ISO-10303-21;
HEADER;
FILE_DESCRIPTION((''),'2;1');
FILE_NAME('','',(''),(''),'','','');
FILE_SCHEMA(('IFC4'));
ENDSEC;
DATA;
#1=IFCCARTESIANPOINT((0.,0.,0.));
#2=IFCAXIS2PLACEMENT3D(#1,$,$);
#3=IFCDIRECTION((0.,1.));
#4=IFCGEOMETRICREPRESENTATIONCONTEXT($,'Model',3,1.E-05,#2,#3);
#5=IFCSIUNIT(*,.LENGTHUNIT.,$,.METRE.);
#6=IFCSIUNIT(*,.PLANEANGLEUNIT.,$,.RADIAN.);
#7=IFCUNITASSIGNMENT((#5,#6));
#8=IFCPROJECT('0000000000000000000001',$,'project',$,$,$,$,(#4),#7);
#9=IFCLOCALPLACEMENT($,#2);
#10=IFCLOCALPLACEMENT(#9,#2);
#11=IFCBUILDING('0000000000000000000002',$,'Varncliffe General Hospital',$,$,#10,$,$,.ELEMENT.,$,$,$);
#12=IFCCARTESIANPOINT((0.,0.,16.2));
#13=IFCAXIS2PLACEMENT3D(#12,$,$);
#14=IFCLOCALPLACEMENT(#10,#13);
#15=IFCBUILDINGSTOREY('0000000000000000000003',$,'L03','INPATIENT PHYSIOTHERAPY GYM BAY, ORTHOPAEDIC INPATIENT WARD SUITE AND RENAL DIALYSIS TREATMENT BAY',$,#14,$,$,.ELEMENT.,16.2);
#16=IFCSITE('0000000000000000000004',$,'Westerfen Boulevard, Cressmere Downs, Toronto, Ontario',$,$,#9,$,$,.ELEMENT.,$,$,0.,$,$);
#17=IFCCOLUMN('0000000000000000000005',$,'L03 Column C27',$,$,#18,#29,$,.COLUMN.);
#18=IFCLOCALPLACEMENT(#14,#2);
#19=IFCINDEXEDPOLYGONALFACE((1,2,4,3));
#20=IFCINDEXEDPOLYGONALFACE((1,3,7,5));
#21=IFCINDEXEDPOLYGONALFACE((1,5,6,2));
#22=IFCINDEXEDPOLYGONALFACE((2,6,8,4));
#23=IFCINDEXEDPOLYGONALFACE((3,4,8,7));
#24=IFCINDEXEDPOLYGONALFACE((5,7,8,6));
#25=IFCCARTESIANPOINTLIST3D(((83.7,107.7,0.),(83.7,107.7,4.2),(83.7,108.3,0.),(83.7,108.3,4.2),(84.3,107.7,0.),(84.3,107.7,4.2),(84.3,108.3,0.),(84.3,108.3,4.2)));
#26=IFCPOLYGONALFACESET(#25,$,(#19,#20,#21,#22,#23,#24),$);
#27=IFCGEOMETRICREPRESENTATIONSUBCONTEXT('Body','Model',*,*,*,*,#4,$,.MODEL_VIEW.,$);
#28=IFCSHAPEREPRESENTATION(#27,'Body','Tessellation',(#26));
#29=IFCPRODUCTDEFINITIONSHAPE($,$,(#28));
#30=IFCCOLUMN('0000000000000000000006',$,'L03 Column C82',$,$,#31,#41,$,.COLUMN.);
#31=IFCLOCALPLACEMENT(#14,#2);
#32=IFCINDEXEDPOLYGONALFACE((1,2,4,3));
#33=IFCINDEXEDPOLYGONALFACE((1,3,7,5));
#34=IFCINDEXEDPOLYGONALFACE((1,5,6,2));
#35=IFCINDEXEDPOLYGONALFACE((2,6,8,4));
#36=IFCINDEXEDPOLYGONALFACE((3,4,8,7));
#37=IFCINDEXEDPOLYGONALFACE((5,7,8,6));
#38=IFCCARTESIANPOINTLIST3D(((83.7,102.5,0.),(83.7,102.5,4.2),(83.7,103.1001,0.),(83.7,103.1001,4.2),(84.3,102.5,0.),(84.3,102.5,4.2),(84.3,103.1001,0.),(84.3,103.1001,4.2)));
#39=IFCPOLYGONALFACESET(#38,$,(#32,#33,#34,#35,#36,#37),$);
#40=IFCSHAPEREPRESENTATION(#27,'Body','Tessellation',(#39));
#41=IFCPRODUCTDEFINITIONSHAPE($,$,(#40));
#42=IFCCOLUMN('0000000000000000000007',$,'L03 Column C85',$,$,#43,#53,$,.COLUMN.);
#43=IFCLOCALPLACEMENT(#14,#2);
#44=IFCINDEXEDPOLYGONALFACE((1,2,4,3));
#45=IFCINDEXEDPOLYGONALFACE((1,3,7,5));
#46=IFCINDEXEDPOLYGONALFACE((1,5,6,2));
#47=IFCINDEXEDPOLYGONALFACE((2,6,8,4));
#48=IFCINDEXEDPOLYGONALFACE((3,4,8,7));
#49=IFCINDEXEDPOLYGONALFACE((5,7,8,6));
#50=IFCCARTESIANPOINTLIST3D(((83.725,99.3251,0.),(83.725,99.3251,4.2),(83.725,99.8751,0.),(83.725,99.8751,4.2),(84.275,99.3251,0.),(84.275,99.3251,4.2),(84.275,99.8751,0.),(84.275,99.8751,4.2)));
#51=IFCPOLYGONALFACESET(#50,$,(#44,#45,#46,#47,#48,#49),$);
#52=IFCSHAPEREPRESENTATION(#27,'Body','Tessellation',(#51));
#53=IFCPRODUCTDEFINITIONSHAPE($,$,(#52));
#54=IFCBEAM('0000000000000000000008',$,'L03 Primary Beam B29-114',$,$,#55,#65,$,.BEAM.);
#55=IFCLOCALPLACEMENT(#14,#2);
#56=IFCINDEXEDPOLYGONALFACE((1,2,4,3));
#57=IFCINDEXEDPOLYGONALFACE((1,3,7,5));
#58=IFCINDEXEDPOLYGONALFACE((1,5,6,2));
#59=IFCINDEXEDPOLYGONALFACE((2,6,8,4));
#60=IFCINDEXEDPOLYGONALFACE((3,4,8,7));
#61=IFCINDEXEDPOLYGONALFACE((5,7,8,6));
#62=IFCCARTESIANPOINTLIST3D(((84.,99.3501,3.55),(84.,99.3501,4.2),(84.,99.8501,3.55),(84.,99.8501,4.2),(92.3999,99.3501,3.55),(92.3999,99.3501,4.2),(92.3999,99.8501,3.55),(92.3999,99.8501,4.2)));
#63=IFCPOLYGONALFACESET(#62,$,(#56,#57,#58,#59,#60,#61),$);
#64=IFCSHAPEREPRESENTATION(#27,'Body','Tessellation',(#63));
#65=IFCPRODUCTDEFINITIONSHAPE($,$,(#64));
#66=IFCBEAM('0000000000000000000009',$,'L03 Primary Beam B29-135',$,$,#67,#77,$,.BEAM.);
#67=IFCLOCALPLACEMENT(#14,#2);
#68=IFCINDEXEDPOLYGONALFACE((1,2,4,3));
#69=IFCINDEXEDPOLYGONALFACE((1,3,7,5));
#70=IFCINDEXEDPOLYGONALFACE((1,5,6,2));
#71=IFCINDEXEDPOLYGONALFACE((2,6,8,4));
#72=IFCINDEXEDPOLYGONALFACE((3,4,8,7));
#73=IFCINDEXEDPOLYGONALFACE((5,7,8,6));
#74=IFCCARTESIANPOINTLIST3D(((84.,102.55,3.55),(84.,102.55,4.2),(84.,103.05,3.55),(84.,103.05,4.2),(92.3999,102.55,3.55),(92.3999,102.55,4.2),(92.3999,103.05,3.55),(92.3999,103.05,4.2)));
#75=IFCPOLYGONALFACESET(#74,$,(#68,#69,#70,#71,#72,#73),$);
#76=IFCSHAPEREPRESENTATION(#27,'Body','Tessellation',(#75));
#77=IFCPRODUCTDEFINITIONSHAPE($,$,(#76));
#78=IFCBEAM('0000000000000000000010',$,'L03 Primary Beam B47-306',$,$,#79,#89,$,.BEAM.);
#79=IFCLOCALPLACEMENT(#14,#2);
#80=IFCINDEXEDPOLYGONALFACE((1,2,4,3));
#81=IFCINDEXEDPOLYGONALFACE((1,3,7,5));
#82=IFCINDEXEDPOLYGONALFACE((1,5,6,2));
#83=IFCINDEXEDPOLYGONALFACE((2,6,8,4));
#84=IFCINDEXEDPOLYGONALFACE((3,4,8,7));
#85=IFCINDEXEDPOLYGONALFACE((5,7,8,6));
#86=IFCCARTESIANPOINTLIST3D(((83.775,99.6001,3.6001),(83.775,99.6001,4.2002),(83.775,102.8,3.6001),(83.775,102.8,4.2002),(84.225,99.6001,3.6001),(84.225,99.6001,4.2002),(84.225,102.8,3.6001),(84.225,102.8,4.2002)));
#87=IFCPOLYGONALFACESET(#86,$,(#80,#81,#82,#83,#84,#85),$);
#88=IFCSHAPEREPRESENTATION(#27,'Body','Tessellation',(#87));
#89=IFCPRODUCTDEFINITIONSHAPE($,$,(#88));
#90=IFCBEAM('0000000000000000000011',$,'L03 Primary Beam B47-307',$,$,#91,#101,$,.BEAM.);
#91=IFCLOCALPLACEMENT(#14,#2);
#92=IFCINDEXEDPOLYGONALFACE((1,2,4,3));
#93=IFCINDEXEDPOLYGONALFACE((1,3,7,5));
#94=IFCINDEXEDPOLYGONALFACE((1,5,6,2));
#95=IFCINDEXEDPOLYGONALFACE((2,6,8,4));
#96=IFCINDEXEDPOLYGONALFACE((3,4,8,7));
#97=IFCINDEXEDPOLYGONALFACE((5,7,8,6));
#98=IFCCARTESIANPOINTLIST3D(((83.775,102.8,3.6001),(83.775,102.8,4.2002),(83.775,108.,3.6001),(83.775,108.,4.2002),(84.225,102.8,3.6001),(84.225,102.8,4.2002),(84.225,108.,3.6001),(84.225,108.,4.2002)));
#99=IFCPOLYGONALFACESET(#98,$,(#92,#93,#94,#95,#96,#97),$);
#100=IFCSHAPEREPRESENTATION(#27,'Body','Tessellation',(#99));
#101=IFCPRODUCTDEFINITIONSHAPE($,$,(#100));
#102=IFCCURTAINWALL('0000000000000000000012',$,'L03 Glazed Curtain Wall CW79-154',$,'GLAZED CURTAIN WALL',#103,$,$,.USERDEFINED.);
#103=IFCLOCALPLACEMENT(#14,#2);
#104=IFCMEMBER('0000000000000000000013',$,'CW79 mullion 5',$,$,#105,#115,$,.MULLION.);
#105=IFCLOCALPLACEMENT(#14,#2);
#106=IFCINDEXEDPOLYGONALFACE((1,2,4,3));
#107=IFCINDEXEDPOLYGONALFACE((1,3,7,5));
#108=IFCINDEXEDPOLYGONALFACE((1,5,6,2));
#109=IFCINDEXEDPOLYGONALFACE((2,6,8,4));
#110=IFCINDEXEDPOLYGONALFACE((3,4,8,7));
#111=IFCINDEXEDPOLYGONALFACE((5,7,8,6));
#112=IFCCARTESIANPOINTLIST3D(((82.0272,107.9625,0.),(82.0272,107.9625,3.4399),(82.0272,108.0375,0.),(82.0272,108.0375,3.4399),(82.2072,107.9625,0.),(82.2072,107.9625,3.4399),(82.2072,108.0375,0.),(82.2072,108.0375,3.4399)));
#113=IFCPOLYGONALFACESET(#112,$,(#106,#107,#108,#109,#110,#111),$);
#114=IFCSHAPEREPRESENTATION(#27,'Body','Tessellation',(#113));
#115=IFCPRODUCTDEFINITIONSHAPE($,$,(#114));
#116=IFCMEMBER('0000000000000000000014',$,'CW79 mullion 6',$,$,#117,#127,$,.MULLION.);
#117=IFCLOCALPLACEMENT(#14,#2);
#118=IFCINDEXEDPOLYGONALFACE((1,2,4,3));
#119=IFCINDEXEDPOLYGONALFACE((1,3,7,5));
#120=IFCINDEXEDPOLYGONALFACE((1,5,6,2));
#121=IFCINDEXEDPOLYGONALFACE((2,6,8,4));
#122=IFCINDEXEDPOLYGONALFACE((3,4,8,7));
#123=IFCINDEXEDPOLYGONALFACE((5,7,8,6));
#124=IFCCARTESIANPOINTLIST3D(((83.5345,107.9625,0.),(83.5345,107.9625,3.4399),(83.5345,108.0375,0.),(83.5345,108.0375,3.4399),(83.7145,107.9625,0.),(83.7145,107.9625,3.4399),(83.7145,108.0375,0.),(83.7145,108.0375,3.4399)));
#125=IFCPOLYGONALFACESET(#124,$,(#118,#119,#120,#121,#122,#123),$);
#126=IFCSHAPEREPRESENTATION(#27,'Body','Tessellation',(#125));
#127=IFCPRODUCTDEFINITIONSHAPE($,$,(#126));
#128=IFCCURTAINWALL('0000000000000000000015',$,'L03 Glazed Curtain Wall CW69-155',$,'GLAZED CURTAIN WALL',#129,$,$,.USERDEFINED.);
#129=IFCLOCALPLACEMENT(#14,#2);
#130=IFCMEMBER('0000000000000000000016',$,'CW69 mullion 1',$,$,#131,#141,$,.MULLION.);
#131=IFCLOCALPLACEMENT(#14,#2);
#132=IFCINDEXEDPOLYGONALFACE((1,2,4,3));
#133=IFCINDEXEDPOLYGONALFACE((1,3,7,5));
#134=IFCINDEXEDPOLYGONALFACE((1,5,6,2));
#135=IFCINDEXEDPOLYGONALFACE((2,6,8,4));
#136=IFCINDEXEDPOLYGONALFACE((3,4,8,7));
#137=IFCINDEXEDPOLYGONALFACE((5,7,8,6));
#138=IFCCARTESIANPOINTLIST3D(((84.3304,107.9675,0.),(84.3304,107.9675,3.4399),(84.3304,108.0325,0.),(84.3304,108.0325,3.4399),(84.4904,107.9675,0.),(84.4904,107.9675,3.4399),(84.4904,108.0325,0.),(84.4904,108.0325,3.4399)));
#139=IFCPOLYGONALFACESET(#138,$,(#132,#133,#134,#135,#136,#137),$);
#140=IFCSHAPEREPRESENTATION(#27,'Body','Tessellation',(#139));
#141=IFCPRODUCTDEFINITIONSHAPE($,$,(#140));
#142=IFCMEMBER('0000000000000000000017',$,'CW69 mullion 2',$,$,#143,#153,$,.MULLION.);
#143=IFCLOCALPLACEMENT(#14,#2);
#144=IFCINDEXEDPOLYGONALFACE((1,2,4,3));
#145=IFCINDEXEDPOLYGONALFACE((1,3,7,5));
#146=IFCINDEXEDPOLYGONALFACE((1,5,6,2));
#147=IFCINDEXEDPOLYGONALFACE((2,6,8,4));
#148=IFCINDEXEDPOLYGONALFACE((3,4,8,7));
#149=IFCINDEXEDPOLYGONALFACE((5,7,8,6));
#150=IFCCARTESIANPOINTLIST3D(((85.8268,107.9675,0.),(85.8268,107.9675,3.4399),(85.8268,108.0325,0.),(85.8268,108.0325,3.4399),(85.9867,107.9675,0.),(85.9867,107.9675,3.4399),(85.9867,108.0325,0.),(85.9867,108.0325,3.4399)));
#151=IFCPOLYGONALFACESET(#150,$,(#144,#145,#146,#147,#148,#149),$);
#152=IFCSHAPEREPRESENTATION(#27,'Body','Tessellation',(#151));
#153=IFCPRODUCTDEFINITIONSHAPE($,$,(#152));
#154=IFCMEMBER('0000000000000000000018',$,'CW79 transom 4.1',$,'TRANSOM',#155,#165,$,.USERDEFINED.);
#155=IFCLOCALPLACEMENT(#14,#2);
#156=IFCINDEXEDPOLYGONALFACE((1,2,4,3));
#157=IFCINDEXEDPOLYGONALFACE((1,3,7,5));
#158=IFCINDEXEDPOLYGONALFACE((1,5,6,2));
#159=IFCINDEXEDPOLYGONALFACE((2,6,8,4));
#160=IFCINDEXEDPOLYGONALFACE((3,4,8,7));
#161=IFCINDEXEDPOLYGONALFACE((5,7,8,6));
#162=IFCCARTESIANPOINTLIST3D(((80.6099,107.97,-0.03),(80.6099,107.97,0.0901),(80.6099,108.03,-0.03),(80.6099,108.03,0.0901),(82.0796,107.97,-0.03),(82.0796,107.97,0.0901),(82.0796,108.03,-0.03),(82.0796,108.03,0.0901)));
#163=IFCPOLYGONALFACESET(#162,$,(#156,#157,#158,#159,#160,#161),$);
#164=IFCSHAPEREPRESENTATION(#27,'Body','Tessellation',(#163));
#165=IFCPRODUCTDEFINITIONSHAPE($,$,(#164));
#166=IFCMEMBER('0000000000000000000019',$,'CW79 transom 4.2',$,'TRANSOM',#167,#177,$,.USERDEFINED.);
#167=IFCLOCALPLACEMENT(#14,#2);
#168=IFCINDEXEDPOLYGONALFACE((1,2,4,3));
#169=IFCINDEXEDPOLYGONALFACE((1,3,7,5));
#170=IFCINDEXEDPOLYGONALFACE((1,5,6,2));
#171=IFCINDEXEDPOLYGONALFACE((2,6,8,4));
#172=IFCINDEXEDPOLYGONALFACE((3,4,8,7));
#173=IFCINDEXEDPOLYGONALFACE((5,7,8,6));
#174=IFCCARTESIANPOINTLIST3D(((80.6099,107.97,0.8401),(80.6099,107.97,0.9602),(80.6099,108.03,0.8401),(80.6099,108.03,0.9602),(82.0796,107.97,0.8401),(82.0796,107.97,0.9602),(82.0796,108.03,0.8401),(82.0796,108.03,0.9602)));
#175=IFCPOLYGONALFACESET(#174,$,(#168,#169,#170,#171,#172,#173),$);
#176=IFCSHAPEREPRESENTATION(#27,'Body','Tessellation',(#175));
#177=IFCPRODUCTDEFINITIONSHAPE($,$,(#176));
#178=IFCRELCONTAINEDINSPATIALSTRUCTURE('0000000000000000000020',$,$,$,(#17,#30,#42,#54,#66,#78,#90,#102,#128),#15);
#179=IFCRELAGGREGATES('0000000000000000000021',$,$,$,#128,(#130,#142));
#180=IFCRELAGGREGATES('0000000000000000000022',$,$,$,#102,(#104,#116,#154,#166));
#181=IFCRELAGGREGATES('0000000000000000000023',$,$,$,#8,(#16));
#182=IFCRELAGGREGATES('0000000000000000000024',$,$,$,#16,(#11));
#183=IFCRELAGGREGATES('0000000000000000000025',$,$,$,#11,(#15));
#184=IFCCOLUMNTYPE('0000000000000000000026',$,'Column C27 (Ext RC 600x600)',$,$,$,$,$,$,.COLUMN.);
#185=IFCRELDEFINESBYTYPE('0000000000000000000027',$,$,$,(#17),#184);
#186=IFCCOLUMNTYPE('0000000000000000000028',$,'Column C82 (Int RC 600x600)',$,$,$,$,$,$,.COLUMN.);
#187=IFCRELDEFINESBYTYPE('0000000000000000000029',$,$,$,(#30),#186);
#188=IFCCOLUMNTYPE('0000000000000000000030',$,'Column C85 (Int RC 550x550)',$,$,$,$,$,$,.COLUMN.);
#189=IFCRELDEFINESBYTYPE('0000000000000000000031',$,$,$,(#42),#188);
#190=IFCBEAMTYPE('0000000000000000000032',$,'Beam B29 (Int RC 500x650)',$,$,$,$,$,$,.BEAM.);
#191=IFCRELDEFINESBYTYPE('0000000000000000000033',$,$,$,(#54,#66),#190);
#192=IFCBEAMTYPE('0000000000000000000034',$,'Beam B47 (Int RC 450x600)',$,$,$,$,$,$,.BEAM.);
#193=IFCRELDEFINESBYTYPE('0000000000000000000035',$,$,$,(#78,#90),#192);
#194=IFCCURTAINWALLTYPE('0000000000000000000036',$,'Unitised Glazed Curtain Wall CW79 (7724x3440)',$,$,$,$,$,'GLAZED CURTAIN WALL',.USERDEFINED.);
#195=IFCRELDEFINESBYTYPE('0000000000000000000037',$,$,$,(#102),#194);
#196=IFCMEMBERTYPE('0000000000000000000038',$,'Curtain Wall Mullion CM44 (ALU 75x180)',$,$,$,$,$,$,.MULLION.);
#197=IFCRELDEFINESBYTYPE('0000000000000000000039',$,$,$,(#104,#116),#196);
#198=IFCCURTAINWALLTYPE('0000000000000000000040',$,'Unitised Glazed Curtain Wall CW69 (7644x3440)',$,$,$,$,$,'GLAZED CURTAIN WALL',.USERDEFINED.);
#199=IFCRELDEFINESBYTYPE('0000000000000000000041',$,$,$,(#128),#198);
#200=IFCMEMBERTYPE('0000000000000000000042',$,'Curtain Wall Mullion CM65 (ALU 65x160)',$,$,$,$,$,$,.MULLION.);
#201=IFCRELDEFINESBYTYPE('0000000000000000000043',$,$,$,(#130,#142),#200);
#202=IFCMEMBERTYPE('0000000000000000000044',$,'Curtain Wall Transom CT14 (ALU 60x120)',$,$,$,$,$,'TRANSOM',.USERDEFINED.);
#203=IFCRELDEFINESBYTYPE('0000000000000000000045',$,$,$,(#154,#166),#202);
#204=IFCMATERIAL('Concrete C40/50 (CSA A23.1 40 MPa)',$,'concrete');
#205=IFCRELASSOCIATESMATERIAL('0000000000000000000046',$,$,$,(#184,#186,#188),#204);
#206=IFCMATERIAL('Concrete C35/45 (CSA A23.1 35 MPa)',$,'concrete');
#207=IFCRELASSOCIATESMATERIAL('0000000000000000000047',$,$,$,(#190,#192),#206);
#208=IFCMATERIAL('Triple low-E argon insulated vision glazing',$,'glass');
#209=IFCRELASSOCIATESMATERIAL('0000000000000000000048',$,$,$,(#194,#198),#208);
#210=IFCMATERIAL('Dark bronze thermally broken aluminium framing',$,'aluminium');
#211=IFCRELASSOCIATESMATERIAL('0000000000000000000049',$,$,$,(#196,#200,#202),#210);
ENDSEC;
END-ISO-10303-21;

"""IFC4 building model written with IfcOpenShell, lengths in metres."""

from ifc_helpers import new_model, si_unit, direction, frame, origin, origin_2d, place, context, subcontext, project, spatial, rectangle, extrude, material, material_profile, profile_set, type_object, element, aggregate, save


model = new_model("IFC4")

# Units and contexts
model_context = context("Model", 3, precision=1e-05, world=origin(), true_north=direction((0.0, 1.0)))
body_context = subcontext(model_context, "Body", "Model", "MODEL_VIEW")
ifc_project = project(units=[si_unit("LENGTHUNIT", "METRE"), si_unit("PLANEANGLEUNIT", "RADIAN")], contexts=[model_context])

# Site, building, storey
site_placement = place(None, origin())
site = spatial("IfcSite", under=ifc_project, at=site_placement, Name="Westerfen Boulevard, Cressmere Downs, Toronto, Ontario", CompositionType="ELEMENT", RefElevation=0.0)
building_placement = place(site_placement, origin())
building = spatial("IfcBuilding", under=site, at=building_placement, Name="Varncliffe General Hospital", CompositionType="ELEMENT")
storey_placement = place(building_placement, frame((0.0, 0.0, 16.2)))
storey = spatial("IfcBuildingStorey", under=building, at=storey_placement, Name="L03", Description="INPATIENT PHYSIOTHERAPY GYM BAY, ORTHOPAEDIC INPATIENT WARD SUITE AND RENAL DIALYSIS TREATMENT BAY", CompositionType="ELEMENT", Elevation=16.2)

# Columns
ifc_material_1 = material(Name="Concrete C40/50 (CSA A23.1 40 MPa)", Category="concrete")
ifc_material_profile_1 = material_profile(ifc_material_1, rectangle(XDim=0.6001, YDim=0.6001, at=origin_2d()), Name="RC 600x600")
ifc_profile_set_1 = profile_set([ifc_material_profile_1], Name="Concrete C40/50 (CSA A23.1 40 MPa)")
column_type_1 = type_object("IfcColumnType", Name="Column C27 (Ext RC 600x600)", PredefinedType="COLUMN", material=ifc_profile_set_1)
column_1_placement = place(storey_placement, frame((84.0, 108.0, 0.0), z_axis=(0.0, 0.0, 1.0), x_axis=(1.0, 0.0, 0.0)))
element("IfcColumn", 1, at=column_1_placement, inside=storey, type_object=column_type_1, Name="L03 Column C27", PredefinedType="COLUMN", context=body_context, shape_type="SweptSolid", body=[
    extrude(rectangle(XDim=0.6001, YDim=0.6001, at=origin_2d()), origin(), (0.0, 0.0, 1.0), 4.2),
])
ifc_material_profile_2 = material_profile(ifc_material_1, rectangle(XDim=0.6001, YDim=0.6001, at=origin_2d()), Name="RC 600x600")
ifc_profile_set_2 = profile_set([ifc_material_profile_2], Name="Concrete C40/50 (CSA A23.1 40 MPa)")
column_type_2 = type_object("IfcColumnType", Name="Column C82 (Int RC 600x600)", PredefinedType="COLUMN", material=ifc_profile_set_2)
column_2_placement = place(storey_placement, frame((84.0, 102.8, 0.0), z_axis=(0.0, 0.0, 1.0), x_axis=(1.0, 0.0, 0.0)))
element("IfcColumn", 2, at=column_2_placement, inside=storey, type_object=column_type_2, Name="L03 Column C82", PredefinedType="COLUMN", context=body_context, shape_type="SweptSolid", body=[
    extrude(rectangle(XDim=0.6001, YDim=0.6001, at=origin_2d()), origin(), (0.0, 0.0, 1.0), 4.2),
])
ifc_material_profile_3 = material_profile(ifc_material_1, rectangle(XDim=0.55, YDim=0.55, at=origin_2d()), Name="RC 550x550")
ifc_profile_set_3 = profile_set([ifc_material_profile_3], Name="Concrete C40/50 (CSA A23.1 40 MPa)")
column_type_3 = type_object("IfcColumnType", Name="Column C85 (Int RC 550x550)", PredefinedType="COLUMN", material=ifc_profile_set_3)
column_3_placement = place(storey_placement, frame((84.0, 99.6001, 0.0), z_axis=(0.0, 0.0, 1.0), x_axis=(1.0, 0.0, 0.0)))
element("IfcColumn", 3, at=column_3_placement, inside=storey, type_object=column_type_3, Name="L03 Column C85", PredefinedType="COLUMN", context=body_context, shape_type="SweptSolid", body=[
    extrude(rectangle(XDim=0.55, YDim=0.55, at=origin_2d()), origin(), (0.0, 0.0, 1.0), 4.2),
])

# Beams
ifc_material_2 = material(Name="Concrete C35/45 (CSA A23.1 35 MPa)", Category="concrete")
ifc_material_profile_4 = material_profile(ifc_material_2, rectangle(XDim=0.5, YDim=0.6499, at=origin_2d()), Name="RC 500x650")
ifc_profile_set_4 = profile_set([ifc_material_profile_4], Name="Concrete C35/45 (CSA A23.1 35 MPa)")
beam_type_1 = type_object("IfcBeamType", Name="Beam B29 (Int RC 500x650)", PredefinedType="BEAM", material=ifc_profile_set_4)
for number, where, z_axis, x_axis, name in (
    (4, (84.0, 99.6001, 3.875), (1.0, 0.0, 0.0), (0.0, 1.0, 0.0), "L03 Primary Beam B29-114"),
    (5, (84.0, 102.8, 3.875), (1.0, 0.0, 0.0), (0.0, 1.0, 0.0), "L03 Primary Beam B29-135"),
):
    element("IfcBeam", number, at=place(storey_placement, frame(where, z_axis=z_axis, x_axis=x_axis)), inside=storey, type_object=beam_type_1, Name=name, PredefinedType="BEAM", context=body_context, shape_type="SweptSolid", body=[
        extrude(rectangle(XDim=0.5, YDim=0.6499, at=origin_2d()), origin(), (0.0, 0.0, 1.0), 8.3999),
    ])
ifc_material_profile_5 = material_profile(ifc_material_2, rectangle(XDim=0.45, YDim=0.6001, at=origin_2d()), Name="RC 450x600")
ifc_profile_set_5 = profile_set([ifc_material_profile_5], Name="Concrete C35/45 (CSA A23.1 35 MPa)")
beam_type_2 = type_object("IfcBeamType", Name="Beam B47 (Int RC 450x600)", PredefinedType="BEAM", material=ifc_profile_set_5)
beam_1_placement = place(storey_placement, frame((84.0, 99.6001, 3.9001), z_axis=(0.0, 1.0, 0.0), x_axis=(-1.0, 0.0, 0.0)))
element("IfcBeam", 6, at=beam_1_placement, inside=storey, type_object=beam_type_2, Name="L03 Primary Beam B47-306", PredefinedType="BEAM", context=body_context, shape_type="SweptSolid", body=[
    extrude(rectangle(XDim=0.45, YDim=0.6001, at=origin_2d()), origin(), (0.0, 0.0, 1.0), 3.2),
])
beam_2_placement = place(storey_placement, frame((84.0, 102.8, 3.9001), z_axis=(0.0, 1.0, 0.0), x_axis=(-1.0, 0.0, 0.0)))
element("IfcBeam", 7, at=beam_2_placement, inside=storey, type_object=beam_type_2, Name="L03 Primary Beam B47-307", PredefinedType="BEAM", context=body_context, shape_type="SweptSolid", body=[
    extrude(rectangle(XDim=0.45, YDim=0.6001, at=origin_2d()), origin(), (0.0, 0.0, 1.0), 5.2),
])

# Curtain walls, members
ifc_material_3 = material(Name="Triple low-E argon insulated vision glazing", Category="glass")
curtain_wall_type_1 = type_object("IfcCurtainWallType", Name="Unitised Glazed Curtain Wall CW79 (7724x3440)", ElementType="GLAZED CURTAIN WALL", PredefinedType="USERDEFINED", material=ifc_material_3)
curtain_wall_1_placement = place(storey_placement, origin())
curtain_wall_1 = element("IfcCurtainWall", 8, at=curtain_wall_1_placement, inside=storey, type_object=curtain_wall_type_1, Name="L03 Glazed Curtain Wall CW79-154", ObjectType="GLAZED CURTAIN WALL", PredefinedType="USERDEFINED")
ifc_material_4 = material(Name="Dark bronze thermally broken aluminium framing", Category="aluminium")
ifc_material_profile_6 = material_profile(ifc_material_4, rectangle(XDim=0.075, YDim=0.1799, at=origin_2d()), Name="ALU 75x180")
ifc_profile_set_6 = profile_set([ifc_material_profile_6], Name="Dark bronze thermally broken aluminium framing")
member_type_1 = type_object("IfcMemberType", Name="Curtain Wall Mullion CM44 (ALU 75x180)", PredefinedType="MULLION", material=ifc_profile_set_6)
member_1_placement = place(storey_placement, frame((82.1172, 108.0, 0.0), z_axis=(0.0, 0.0, 1.0), x_axis=(0.0, 1.0, 0.0)))
member_1 = element("IfcMember", 9, at=member_1_placement, type_object=member_type_1, Name="CW79 mullion 5", PredefinedType="MULLION", context=body_context, shape_type="SweptSolid", body=[
    extrude(rectangle(XDim=0.075, YDim=0.1799, at=origin_2d()), origin(), (0.0, 0.0, 1.0), 3.4399),
])
member_2_placement = place(storey_placement, frame((83.6245, 108.0, 0.0), z_axis=(0.0, 0.0, 1.0), x_axis=(0.0, 1.0, 0.0)))
member_2 = element("IfcMember", 10, at=member_2_placement, type_object=member_type_1, Name="CW79 mullion 6", PredefinedType="MULLION", context=body_context, shape_type="SweptSolid", body=[
    extrude(rectangle(XDim=0.075, YDim=0.1799, at=origin_2d()), origin(), (0.0, 0.0, 1.0), 3.4399),
])
curtain_wall_type_2 = type_object("IfcCurtainWallType", Name="Unitised Glazed Curtain Wall CW69 (7644x3440)", ElementType="GLAZED CURTAIN WALL", PredefinedType="USERDEFINED", material=ifc_material_3)
curtain_wall_2_placement = place(storey_placement, origin())
curtain_wall_2 = element("IfcCurtainWall", 11, at=curtain_wall_2_placement, inside=storey, type_object=curtain_wall_type_2, Name="L03 Glazed Curtain Wall CW69-155", ObjectType="GLAZED CURTAIN WALL", PredefinedType="USERDEFINED")
ifc_material_profile_7 = material_profile(ifc_material_4, rectangle(XDim=0.0649, YDim=0.1599, at=origin_2d()), Name="ALU 65x160")
ifc_profile_set_7 = profile_set([ifc_material_profile_7], Name="Dark bronze thermally broken aluminium framing")
member_type_2 = type_object("IfcMemberType", Name="Curtain Wall Mullion CM65 (ALU 65x160)", PredefinedType="MULLION", material=ifc_profile_set_7)
member_3_placement = place(storey_placement, frame((84.4104, 108.0, 0.0), z_axis=(0.0, 0.0, 1.0), x_axis=(0.0, 1.0, 0.0)))
member_3 = element("IfcMember", 12, at=member_3_placement, type_object=member_type_2, Name="CW69 mullion 1", PredefinedType="MULLION", context=body_context, shape_type="SweptSolid", body=[
    extrude(rectangle(XDim=0.0649, YDim=0.1599, at=origin_2d()), origin(), (0.0, 0.0, 1.0), 3.4399),
])
member_4_placement = place(storey_placement, frame((85.9067, 108.0, 0.0), z_axis=(0.0, 0.0, 1.0), x_axis=(0.0, 1.0, 0.0)))
member_4 = element("IfcMember", 13, at=member_4_placement, type_object=member_type_2, Name="CW69 mullion 2", PredefinedType="MULLION", context=body_context, shape_type="SweptSolid", body=[
    extrude(rectangle(XDim=0.0649, YDim=0.1599, at=origin_2d()), origin(), (0.0, 0.0, 1.0), 3.4399),
])

# Members
ifc_material_profile_8 = material_profile(ifc_material_4, rectangle(XDim=0.0601, YDim=0.1201, at=origin_2d()), Name="ALU 60x120")
ifc_profile_set_8 = profile_set([ifc_material_profile_8], Name="Dark bronze thermally broken aluminium framing")
member_type_3 = type_object("IfcMemberType", Name="Curtain Wall Transom CT14 (ALU 60x120)", ElementType="TRANSOM", PredefinedType="USERDEFINED", material=ifc_profile_set_8)
member_5_placement = place(storey_placement, frame((80.6099, 108.0, 0.03), z_axis=(1.0, 0.0, 0.0), x_axis=(0.0, 1.0, 0.0)))
member_5 = element("IfcMember", 14, at=member_5_placement, type_object=member_type_3, Name="CW79 transom 4.1", ObjectType="TRANSOM", PredefinedType="USERDEFINED", context=body_context, shape_type="SweptSolid", body=[
    extrude(rectangle(XDim=0.0601, YDim=0.1201, at=origin_2d()), origin(), (0.0, 0.0, 1.0), 1.4697),
])
member_6_placement = place(storey_placement, frame((80.6099, 108.0, 0.9001), z_axis=(1.0, 0.0, 0.0), x_axis=(0.0, 1.0, 0.0)))
member_6 = element("IfcMember", 15, at=member_6_placement, type_object=member_type_3, Name="CW79 transom 4.2", ObjectType="TRANSOM", PredefinedType="USERDEFINED", context=body_context, shape_type="SweptSolid", body=[
    extrude(rectangle(XDim=0.0601, YDim=0.1201, at=origin_2d()), origin(), (0.0, 0.0, 1.0), 1.4697),
])

aggregate(curtain_wall_2, [member_3, member_4])
aggregate(curtain_wall_1, [member_1, member_2, member_5, member_6])

save(model, "model.ifc")
